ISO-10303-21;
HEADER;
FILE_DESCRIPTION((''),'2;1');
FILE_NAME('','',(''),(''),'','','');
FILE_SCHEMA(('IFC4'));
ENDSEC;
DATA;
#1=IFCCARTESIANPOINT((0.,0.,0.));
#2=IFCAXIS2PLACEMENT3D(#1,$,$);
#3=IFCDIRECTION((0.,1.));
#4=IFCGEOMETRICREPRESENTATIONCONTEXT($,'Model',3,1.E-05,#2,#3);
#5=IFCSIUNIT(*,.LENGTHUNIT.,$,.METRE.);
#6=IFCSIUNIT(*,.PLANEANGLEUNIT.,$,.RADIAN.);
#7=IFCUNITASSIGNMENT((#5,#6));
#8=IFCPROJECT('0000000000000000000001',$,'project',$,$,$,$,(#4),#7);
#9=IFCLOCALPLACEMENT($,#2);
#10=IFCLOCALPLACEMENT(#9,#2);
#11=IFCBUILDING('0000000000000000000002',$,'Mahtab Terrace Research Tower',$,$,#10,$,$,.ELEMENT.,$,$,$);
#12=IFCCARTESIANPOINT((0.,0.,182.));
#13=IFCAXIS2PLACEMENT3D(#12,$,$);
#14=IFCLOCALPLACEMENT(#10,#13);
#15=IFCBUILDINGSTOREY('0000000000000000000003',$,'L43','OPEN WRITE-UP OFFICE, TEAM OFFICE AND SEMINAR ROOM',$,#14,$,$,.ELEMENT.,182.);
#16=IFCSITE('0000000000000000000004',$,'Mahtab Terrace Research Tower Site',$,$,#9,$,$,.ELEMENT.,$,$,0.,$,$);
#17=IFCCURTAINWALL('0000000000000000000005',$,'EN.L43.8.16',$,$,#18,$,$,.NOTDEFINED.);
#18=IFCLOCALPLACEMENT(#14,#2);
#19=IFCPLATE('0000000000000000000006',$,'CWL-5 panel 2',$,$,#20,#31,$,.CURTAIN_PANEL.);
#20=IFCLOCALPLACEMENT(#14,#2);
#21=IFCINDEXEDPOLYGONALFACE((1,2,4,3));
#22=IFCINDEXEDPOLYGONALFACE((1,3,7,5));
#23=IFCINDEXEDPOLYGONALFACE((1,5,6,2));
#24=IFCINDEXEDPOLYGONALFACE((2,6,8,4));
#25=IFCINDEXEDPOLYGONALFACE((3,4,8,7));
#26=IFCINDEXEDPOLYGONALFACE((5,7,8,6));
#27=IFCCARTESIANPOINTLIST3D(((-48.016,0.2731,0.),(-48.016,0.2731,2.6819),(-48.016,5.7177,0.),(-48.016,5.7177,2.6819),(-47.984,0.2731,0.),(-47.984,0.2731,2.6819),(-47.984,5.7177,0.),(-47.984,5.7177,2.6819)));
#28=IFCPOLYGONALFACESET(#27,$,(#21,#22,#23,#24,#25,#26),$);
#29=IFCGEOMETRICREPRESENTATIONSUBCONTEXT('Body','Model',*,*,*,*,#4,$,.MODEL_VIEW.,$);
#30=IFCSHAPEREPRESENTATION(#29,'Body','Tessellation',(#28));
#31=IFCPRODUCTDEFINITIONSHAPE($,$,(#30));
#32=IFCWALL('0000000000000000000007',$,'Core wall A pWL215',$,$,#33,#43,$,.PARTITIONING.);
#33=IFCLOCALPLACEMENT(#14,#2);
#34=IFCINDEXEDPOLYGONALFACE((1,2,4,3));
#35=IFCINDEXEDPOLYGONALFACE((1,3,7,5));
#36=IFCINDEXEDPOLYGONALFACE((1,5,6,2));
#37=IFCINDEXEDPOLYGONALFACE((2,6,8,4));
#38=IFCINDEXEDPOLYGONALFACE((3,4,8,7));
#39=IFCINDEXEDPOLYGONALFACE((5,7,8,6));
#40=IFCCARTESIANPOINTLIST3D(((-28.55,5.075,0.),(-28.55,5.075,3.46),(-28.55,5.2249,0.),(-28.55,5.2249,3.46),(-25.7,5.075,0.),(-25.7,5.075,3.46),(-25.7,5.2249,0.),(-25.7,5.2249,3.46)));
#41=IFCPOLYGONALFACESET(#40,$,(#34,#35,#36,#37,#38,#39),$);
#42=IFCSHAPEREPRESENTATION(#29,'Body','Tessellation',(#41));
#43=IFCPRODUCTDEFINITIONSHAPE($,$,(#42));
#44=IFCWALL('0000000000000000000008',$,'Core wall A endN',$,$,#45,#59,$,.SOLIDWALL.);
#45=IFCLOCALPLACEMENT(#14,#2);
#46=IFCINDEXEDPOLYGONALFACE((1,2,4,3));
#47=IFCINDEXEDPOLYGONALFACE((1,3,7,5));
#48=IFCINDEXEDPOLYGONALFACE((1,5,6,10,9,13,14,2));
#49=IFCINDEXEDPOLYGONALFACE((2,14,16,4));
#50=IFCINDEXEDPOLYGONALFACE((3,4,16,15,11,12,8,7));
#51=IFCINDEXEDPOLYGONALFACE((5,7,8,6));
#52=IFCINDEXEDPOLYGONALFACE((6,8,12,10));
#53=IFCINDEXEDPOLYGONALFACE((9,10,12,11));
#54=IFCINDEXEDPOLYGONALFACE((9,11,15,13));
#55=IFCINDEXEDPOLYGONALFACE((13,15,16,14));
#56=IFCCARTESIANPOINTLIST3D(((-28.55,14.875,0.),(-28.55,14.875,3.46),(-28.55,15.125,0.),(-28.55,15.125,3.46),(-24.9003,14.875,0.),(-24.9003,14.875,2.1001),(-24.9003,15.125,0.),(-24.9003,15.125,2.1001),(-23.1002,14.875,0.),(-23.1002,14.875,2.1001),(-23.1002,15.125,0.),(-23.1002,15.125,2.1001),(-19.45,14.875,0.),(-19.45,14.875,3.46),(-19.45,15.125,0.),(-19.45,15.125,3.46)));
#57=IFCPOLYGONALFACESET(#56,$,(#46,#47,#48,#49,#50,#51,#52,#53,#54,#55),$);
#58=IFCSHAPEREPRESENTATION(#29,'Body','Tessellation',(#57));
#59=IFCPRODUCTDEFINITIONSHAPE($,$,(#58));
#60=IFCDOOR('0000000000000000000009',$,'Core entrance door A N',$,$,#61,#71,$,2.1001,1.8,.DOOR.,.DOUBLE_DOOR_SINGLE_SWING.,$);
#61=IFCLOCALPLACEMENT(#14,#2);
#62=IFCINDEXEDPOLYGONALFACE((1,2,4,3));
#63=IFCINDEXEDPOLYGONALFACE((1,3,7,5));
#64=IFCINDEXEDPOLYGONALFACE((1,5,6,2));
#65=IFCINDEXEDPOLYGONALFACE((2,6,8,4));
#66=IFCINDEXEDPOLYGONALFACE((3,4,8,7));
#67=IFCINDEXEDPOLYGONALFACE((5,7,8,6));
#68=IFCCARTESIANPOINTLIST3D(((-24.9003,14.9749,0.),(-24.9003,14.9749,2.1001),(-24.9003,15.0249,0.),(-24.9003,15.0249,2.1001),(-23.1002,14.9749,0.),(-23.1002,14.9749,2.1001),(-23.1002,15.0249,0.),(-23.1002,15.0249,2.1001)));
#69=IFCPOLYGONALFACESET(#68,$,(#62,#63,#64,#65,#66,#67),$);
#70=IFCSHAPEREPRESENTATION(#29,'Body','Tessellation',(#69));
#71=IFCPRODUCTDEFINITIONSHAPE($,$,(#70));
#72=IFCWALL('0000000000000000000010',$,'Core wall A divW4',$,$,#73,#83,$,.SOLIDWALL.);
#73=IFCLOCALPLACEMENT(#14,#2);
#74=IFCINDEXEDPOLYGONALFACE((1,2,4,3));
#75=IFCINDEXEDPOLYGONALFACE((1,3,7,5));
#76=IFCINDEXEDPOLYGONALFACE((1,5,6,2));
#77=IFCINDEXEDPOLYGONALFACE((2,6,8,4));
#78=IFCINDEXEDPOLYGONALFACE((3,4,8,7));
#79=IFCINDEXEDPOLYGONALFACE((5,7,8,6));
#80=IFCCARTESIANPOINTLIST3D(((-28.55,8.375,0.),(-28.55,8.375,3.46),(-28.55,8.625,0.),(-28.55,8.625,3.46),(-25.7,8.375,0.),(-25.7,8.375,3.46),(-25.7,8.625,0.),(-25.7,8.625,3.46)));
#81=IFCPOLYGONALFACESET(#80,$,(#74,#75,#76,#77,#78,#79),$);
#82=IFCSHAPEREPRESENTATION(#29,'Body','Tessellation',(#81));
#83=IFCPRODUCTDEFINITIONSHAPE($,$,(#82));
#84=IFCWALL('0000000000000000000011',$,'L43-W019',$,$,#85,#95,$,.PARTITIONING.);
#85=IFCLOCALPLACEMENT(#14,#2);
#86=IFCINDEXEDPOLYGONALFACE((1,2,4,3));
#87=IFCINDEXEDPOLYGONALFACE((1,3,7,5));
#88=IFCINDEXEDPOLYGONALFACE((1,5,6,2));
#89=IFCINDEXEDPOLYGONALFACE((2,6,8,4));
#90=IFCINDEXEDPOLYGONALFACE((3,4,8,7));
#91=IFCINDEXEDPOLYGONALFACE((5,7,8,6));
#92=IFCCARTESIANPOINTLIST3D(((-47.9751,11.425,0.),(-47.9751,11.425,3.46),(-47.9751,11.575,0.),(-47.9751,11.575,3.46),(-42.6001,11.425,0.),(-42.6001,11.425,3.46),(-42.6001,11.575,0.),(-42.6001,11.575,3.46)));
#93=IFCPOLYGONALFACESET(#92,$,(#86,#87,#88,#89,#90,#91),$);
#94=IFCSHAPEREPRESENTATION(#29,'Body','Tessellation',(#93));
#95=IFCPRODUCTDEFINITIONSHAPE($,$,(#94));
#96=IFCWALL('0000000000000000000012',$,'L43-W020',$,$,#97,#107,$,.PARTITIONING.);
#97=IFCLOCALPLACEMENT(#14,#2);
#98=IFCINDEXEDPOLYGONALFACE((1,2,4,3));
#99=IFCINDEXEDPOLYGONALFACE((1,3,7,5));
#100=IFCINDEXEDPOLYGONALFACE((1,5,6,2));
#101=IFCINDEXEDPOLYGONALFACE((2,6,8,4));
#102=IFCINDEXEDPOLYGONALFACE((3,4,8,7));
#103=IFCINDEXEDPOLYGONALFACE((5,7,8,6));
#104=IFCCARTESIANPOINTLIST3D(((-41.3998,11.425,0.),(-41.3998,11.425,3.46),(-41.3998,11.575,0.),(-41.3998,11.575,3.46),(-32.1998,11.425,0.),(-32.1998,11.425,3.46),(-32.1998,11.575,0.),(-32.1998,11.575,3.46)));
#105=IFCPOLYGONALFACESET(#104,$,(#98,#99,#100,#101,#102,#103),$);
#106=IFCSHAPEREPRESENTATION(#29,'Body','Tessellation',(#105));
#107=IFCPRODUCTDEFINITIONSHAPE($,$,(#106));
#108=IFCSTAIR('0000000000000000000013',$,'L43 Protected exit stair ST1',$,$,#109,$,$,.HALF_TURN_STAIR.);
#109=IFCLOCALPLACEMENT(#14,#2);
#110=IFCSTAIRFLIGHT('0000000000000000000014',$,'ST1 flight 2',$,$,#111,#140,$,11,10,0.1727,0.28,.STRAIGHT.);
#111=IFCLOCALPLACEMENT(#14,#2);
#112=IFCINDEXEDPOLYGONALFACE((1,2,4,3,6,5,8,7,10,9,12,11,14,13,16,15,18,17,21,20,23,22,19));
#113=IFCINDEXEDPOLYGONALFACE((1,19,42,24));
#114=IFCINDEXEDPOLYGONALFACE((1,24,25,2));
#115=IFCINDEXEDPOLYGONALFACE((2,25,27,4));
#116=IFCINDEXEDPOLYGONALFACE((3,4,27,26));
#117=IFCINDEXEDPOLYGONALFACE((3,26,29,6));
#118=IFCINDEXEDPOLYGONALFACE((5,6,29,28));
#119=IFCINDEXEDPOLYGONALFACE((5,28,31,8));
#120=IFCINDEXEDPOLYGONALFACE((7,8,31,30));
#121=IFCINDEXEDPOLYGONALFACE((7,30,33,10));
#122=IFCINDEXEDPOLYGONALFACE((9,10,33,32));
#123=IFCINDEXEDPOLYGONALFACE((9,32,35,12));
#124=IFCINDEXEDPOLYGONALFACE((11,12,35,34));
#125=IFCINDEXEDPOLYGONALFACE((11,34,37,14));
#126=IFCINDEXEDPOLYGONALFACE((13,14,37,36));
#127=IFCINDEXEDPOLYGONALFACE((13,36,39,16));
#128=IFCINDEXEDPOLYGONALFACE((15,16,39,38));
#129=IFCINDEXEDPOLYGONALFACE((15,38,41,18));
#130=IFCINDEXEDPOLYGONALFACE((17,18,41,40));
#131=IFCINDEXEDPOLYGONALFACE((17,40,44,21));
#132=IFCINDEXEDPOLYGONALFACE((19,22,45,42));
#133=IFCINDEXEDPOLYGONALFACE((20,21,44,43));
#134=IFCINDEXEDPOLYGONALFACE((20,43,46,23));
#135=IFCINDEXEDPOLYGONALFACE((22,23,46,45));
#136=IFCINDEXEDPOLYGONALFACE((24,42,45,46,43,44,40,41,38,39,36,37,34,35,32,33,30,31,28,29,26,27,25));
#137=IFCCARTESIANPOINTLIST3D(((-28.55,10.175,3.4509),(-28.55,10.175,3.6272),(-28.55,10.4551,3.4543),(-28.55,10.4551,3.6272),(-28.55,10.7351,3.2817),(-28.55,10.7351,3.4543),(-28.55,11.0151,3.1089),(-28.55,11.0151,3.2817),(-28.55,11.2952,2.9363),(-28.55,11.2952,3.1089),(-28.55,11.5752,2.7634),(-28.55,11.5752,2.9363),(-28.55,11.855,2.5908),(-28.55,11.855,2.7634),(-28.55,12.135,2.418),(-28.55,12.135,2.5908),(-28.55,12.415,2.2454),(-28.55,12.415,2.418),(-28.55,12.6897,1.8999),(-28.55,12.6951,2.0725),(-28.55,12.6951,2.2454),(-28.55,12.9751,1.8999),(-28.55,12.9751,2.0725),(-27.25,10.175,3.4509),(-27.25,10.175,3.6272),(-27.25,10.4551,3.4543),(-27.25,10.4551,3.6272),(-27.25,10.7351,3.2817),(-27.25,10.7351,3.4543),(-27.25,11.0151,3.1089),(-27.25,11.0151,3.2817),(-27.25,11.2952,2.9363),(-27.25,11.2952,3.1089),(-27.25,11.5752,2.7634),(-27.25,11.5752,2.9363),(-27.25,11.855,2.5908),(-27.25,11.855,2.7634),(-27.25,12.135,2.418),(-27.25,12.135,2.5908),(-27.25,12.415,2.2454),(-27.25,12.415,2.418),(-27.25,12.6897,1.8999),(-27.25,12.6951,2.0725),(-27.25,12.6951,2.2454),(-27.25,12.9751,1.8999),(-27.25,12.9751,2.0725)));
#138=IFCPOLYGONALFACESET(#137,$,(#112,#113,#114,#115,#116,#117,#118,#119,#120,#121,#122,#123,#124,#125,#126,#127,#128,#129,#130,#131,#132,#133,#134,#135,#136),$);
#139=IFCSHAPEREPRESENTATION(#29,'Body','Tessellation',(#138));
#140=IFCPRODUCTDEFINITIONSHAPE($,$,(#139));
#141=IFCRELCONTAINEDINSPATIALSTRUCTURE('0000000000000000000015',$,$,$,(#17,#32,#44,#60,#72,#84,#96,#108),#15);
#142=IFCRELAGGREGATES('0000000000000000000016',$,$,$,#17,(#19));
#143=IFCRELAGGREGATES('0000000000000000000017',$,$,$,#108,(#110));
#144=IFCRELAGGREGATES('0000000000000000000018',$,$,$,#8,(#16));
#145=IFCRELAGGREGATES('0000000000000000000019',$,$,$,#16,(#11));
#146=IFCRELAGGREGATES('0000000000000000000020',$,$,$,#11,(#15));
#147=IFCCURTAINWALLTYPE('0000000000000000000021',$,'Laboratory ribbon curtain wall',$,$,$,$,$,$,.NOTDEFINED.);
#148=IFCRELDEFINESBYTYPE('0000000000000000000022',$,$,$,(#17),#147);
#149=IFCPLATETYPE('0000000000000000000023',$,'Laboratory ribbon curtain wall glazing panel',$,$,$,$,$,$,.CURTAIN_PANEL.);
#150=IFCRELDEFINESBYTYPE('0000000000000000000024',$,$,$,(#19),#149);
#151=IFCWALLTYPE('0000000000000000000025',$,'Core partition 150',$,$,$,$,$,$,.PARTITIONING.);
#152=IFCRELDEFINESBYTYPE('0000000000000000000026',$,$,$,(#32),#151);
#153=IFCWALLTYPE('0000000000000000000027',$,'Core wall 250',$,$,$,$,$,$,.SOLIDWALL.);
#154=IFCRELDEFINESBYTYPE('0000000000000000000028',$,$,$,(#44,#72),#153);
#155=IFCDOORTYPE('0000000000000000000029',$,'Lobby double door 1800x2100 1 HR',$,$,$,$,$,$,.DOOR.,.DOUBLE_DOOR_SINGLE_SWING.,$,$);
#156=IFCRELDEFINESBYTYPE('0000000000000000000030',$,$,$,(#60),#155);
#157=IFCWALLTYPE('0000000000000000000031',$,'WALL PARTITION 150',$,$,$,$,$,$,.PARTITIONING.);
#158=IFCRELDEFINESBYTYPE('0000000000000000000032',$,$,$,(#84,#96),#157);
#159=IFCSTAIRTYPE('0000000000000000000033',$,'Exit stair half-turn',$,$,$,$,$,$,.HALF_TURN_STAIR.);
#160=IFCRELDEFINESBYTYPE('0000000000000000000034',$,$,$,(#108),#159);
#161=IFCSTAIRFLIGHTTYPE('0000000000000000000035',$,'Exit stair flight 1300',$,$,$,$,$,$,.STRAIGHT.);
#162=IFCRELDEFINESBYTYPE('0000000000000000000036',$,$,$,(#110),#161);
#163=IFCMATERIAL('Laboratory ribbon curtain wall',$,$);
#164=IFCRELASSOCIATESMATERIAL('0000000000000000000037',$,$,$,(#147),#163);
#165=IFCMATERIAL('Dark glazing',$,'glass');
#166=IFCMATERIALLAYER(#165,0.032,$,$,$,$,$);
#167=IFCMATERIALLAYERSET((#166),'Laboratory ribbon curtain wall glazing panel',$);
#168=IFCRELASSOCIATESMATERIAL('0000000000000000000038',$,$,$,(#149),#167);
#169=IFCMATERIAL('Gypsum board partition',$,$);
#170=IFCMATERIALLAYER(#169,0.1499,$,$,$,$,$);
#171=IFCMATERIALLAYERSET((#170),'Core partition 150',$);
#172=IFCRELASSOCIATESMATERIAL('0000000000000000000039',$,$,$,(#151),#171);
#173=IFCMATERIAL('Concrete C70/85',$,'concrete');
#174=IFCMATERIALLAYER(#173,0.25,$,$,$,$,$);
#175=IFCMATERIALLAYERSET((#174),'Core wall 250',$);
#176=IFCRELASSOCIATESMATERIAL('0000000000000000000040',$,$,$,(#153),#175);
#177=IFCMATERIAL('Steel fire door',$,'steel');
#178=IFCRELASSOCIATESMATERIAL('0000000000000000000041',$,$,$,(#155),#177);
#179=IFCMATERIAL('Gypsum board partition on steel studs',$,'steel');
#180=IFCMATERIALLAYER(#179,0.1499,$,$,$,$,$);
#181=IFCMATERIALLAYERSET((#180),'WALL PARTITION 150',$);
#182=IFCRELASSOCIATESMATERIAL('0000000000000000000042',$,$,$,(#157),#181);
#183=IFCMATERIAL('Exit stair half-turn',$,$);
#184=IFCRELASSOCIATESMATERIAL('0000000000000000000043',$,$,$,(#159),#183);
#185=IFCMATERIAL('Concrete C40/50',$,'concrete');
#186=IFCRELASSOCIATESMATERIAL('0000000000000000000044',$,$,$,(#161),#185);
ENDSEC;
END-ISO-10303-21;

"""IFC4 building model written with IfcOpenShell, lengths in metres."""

from ifc_helpers import new_model, si_unit, direction, frame, frame_2d, origin, origin_2d, place, context, subcontext, project, spatial, polyline, rectangle, outline, extrude, material, layer, layer_set, type_object, element, fill, aggregate, save


model = new_model("IFC4")

# Units and contexts
model_context = context("Model", 3, precision=1e-05, world=origin(), true_north=direction((0.0, 1.0)))
body_context = subcontext(model_context, "Body", "Model", "MODEL_VIEW")
ifc_project = project(units=[si_unit("LENGTHUNIT", "METRE"), si_unit("PLANEANGLEUNIT", "RADIAN")], contexts=[model_context])

# Site, building, storey
site_placement = place(None, origin())
site = spatial("IfcSite", under=ifc_project, at=site_placement, Name="Mahtab Terrace Research Tower Site", CompositionType="ELEMENT", RefElevation=0.0)
building_placement = place(site_placement, origin())
building = spatial("IfcBuilding", under=site, at=building_placement, Name="Mahtab Terrace Research Tower", CompositionType="ELEMENT")
storey_placement = place(building_placement, frame((0.0, 0.0, 182.0)))
storey = spatial("IfcBuildingStorey", under=building, at=storey_placement, Name="L43", Description="OPEN WRITE-UP OFFICE, TEAM OFFICE AND SEMINAR ROOM", CompositionType="ELEMENT", Elevation=182.0)

# Shared definitions
ifc_material_1 = material(Name="Concrete C70/85", Category="concrete")

# Shared definitions
ifc_material_2 = material(Name="Laboratory ribbon curtain wall")
curtain_wall_type = type_object("IfcCurtainWallType", Name="Laboratory ribbon curtain wall", PredefinedType="NOTDEFINED", material=ifc_material_2)

# Curtain wall
curtain_wall_1_placement = place(storey_placement, origin())
curtain_wall_1 = element("IfcCurtainWall", 1, at=curtain_wall_1_placement, inside=storey, type_object=curtain_wall_type, Name="EN.L43.8.16", PredefinedType="NOTDEFINED")

# Plate
ifc_material_3 = material(Name="Dark glazing", Category="glass")
ifc_layer_1 = layer(ifc_material_3, 0.032)
ifc_layer_set_1 = layer_set([ifc_layer_1], Name="Laboratory ribbon curtain wall glazing panel")
plate_type = type_object("IfcPlateType", Name="Laboratory ribbon curtain wall glazing panel", PredefinedType="CURTAIN_PANEL", material=ifc_layer_set_1)
plate_1_placement = place(storey_placement, frame((-48.0, 2.9954, 0.0), z_axis=(0.0, 0.0, 1.0), x_axis=(0.0, -1.0, 0.0)))
plate_1 = element("IfcPlate", 2, at=plate_1_placement, type_object=plate_type, Name="CWL-5 panel 2", PredefinedType="CURTAIN_PANEL", context=body_context, shape_type="SweptSolid", body=[
    extrude(rectangle(XDim=5.4446, YDim=0.032, at=origin_2d()), origin(), (0.0, 0.0, 1.0), 2.6819),
])
aggregate(curtain_wall_1, [plate_1])

# Wall
ifc_material_4 = material(Name="Gypsum board partition")
ifc_layer_2 = layer(ifc_material_4, 0.1499)
ifc_layer_set_2 = layer_set([ifc_layer_2], Name="Core partition 150")
wall_type_1 = type_object("IfcWallType", Name="Core partition 150", PredefinedType="PARTITIONING", material=ifc_layer_set_2)
wall_1_placement = place(storey_placement, frame((-28.55, 5.1499, 0.0), z_axis=(0.0, 0.0, 1.0), x_axis=(1.0, 0.0, 0.0)))
element("IfcWall", 3, at=wall_1_placement, inside=storey, type_object=wall_type_1, Name="Core wall A pWL215", PredefinedType="PARTITIONING", context=body_context, shape_type="SweptSolid", body=[
    extrude(rectangle(XDim=2.8501, YDim=0.1499, at=frame_2d((1.425, 0.0))), origin(), (0.0, 0.0, 1.0), 3.46),
])

# Wall, opening, door
ifc_layer_3 = layer(ifc_material_1, 0.25)
ifc_layer_set_3 = layer_set([ifc_layer_3], Name="Core wall 250")
wall_type_2 = type_object("IfcWallType", Name="Core wall 250", PredefinedType="SOLIDWALL", material=ifc_layer_set_3)
wall_2_placement = place(storey_placement, frame((-28.55, 15.0, 0.0), z_axis=(0.0, 0.0, 1.0), x_axis=(1.0, 0.0, 0.0)))
wall_2 = element("IfcWall", 4, at=wall_2_placement, inside=storey, type_object=wall_type_2, Name="Core wall A endN", PredefinedType="SOLIDWALL", context=body_context, shape_type="SweptSolid", body=[
    extrude(rectangle(XDim=9.1001, YDim=0.25, at=frame_2d((4.55, 0.0))), origin(), (0.0, 0.0, 1.0), 3.46),
])
opening_placement = place(wall_2_placement, frame((3.6499, 0.0, 0.0)))
opening = element("IfcOpeningElement", 5, at=opening_placement, cuts=wall_2, PredefinedType="OPENING", context=body_context, shape_type="SweptSolid", body=[
    extrude(rectangle(XDim=1.8, YDim=2.1001, at=frame_2d((0.8999, 1.05))), frame((0.0, 0.135, 0.0), z_axis=(0.0, -1.0, 0.0), x_axis=(1.0, 0.0, 0.0)), (0.0, 0.0, 1.0), 0.27),
])
ifc_material_5 = material(Name="Steel fire door", Category="steel")
door_type = type_object("IfcDoorType", Name="Lobby double door 1800x2100 1 HR", OperationType="DOUBLE_DOOR_SINGLE_SWING", PredefinedType="DOOR", material=ifc_material_5)
door_placement = place(opening_placement, origin())
door = element("IfcDoor", 6, at=door_placement, inside=storey, type_object=door_type, Name="Core entrance door A N", OperationType="DOUBLE_DOOR_SINGLE_SWING", OverallHeight=2.1001, OverallWidth=1.8, PredefinedType="DOOR", context=body_context, shape_type="SweptSolid", body=[
    extrude(rectangle(XDim=1.8, YDim=2.1001, at=frame_2d((0.8999, 1.05))), frame((0.0, 0.0249, 0.0), z_axis=(0.0, -1.0, 0.0), x_axis=(1.0, 0.0, 0.0)), (0.0, 0.0, 1.0), 0.05),
])
fill(opening, door)

# Walls
wall_3_placement = place(storey_placement, frame((-28.55, 8.5, 0.0), z_axis=(0.0, 0.0, 1.0), x_axis=(1.0, 0.0, 0.0)))
element("IfcWall", 7, at=wall_3_placement, inside=storey, type_object=wall_type_2, Name="Core wall A divW4", PredefinedType="SOLIDWALL", context=body_context, shape_type="SweptSolid", body=[
    extrude(rectangle(XDim=2.8501, YDim=0.25, at=frame_2d((1.425, 0.0))), origin(), (0.0, 0.0, 1.0), 3.46),
])
ifc_material_6 = material(Name="Gypsum board partition on steel studs", Category="steel")
ifc_layer_4 = layer(ifc_material_6, 0.1499)
ifc_layer_set_4 = layer_set([ifc_layer_4], Name="WALL PARTITION 150")
wall_type_3 = type_object("IfcWallType", Name="WALL PARTITION 150", PredefinedType="PARTITIONING", material=ifc_layer_set_4)
wall_4_placement = place(storey_placement, frame((-47.9751, 11.5, 0.0), z_axis=(0.0, 0.0, 1.0), x_axis=(1.0, 0.0, 0.0)))
element("IfcWall", 8, at=wall_4_placement, inside=storey, type_object=wall_type_3, Name="L43-W019", PredefinedType="PARTITIONING", context=body_context, shape_type="SweptSolid", body=[
    extrude(rectangle(XDim=5.375, YDim=0.1499, at=frame_2d((2.6875, 0.0))), origin(), (0.0, 0.0, 1.0), 3.46),
])
wall_5_placement = place(storey_placement, frame((-41.3999, 11.5, 0.0), z_axis=(0.0, 0.0, 1.0), x_axis=(1.0, 0.0, 0.0)))
element("IfcWall", 9, at=wall_5_placement, inside=storey, type_object=wall_type_3, Name="L43-W020", PredefinedType="PARTITIONING", context=body_context, shape_type="SweptSolid", body=[
    extrude(rectangle(XDim=9.2, YDim=0.1499, at=frame_2d((4.6001, 0.0))), origin(), (0.0, 0.0, 1.0), 3.46),
])

# Stair, stair flight
ifc_material_7 = material(Name="Exit stair half-turn")
stair_type = type_object("IfcStairType", Name="Exit stair half-turn", PredefinedType="HALF_TURN_STAIR", material=ifc_material_7)
stair_placement = place(storey_placement, origin())
stair = element("IfcStair", 10, at=stair_placement, inside=storey, type_object=stair_type, Name="L43 Protected exit stair ST1", PredefinedType="HALF_TURN_STAIR")
ifc_material_8 = material(Name="Concrete C40/50", Category="concrete")
stair_flight_type = type_object("IfcStairFlightType", Name="Exit stair flight 1300", PredefinedType="STRAIGHT", material=ifc_material_8)
stair_flight_placement = place(storey_placement, frame((-27.8999, 12.9751, 1.8999), z_axis=(0.0, 0.0, 1.0), x_axis=(0.0, -1.0, 0.0)))
stair_flight = element("IfcStairFlight", 11, at=stair_flight_placement, type_object=stair_flight_type, Name="ST1 flight 2", NumberOfRisers=11, NumberOfTreads=10, PredefinedType="STRAIGHT", RiserHeight=0.1727, TreadLength=0.28, context=body_context, shape_type="SweptSolid", body=[
    extrude(outline(polyline([(0.0, 0.0), (0.0, 0.1726), (0.28, 0.1726), (0.28, 0.3455), (0.5601, 0.3455), (0.5601, 0.5181), (0.8401, 0.5181), (0.8401, 0.6909), (1.1201, 0.6909), (1.1201, 0.8635), (1.3999, 0.8635), (1.3999, 1.0364), (1.6799, 1.0364), (1.6799, 1.209), (1.96, 1.209), (1.96, 1.3818), (2.24, 1.3818), (2.24, 1.5544), (2.52, 1.5544), (2.52, 1.7273), (2.8, 1.7273), (2.8, 1.8999), (2.8, 1.551), (0.2854, 0.0), (0.0, 0.0)])), frame((0.0, 0.6499, 0.0), z_axis=(0.0, -1.0, 0.0), x_axis=(1.0, 0.0, 0.0)), (0.0, 0.0, 1.0), 1.3),
])
aggregate(stair, [stair_flight])

save(model, "model.ifc")
